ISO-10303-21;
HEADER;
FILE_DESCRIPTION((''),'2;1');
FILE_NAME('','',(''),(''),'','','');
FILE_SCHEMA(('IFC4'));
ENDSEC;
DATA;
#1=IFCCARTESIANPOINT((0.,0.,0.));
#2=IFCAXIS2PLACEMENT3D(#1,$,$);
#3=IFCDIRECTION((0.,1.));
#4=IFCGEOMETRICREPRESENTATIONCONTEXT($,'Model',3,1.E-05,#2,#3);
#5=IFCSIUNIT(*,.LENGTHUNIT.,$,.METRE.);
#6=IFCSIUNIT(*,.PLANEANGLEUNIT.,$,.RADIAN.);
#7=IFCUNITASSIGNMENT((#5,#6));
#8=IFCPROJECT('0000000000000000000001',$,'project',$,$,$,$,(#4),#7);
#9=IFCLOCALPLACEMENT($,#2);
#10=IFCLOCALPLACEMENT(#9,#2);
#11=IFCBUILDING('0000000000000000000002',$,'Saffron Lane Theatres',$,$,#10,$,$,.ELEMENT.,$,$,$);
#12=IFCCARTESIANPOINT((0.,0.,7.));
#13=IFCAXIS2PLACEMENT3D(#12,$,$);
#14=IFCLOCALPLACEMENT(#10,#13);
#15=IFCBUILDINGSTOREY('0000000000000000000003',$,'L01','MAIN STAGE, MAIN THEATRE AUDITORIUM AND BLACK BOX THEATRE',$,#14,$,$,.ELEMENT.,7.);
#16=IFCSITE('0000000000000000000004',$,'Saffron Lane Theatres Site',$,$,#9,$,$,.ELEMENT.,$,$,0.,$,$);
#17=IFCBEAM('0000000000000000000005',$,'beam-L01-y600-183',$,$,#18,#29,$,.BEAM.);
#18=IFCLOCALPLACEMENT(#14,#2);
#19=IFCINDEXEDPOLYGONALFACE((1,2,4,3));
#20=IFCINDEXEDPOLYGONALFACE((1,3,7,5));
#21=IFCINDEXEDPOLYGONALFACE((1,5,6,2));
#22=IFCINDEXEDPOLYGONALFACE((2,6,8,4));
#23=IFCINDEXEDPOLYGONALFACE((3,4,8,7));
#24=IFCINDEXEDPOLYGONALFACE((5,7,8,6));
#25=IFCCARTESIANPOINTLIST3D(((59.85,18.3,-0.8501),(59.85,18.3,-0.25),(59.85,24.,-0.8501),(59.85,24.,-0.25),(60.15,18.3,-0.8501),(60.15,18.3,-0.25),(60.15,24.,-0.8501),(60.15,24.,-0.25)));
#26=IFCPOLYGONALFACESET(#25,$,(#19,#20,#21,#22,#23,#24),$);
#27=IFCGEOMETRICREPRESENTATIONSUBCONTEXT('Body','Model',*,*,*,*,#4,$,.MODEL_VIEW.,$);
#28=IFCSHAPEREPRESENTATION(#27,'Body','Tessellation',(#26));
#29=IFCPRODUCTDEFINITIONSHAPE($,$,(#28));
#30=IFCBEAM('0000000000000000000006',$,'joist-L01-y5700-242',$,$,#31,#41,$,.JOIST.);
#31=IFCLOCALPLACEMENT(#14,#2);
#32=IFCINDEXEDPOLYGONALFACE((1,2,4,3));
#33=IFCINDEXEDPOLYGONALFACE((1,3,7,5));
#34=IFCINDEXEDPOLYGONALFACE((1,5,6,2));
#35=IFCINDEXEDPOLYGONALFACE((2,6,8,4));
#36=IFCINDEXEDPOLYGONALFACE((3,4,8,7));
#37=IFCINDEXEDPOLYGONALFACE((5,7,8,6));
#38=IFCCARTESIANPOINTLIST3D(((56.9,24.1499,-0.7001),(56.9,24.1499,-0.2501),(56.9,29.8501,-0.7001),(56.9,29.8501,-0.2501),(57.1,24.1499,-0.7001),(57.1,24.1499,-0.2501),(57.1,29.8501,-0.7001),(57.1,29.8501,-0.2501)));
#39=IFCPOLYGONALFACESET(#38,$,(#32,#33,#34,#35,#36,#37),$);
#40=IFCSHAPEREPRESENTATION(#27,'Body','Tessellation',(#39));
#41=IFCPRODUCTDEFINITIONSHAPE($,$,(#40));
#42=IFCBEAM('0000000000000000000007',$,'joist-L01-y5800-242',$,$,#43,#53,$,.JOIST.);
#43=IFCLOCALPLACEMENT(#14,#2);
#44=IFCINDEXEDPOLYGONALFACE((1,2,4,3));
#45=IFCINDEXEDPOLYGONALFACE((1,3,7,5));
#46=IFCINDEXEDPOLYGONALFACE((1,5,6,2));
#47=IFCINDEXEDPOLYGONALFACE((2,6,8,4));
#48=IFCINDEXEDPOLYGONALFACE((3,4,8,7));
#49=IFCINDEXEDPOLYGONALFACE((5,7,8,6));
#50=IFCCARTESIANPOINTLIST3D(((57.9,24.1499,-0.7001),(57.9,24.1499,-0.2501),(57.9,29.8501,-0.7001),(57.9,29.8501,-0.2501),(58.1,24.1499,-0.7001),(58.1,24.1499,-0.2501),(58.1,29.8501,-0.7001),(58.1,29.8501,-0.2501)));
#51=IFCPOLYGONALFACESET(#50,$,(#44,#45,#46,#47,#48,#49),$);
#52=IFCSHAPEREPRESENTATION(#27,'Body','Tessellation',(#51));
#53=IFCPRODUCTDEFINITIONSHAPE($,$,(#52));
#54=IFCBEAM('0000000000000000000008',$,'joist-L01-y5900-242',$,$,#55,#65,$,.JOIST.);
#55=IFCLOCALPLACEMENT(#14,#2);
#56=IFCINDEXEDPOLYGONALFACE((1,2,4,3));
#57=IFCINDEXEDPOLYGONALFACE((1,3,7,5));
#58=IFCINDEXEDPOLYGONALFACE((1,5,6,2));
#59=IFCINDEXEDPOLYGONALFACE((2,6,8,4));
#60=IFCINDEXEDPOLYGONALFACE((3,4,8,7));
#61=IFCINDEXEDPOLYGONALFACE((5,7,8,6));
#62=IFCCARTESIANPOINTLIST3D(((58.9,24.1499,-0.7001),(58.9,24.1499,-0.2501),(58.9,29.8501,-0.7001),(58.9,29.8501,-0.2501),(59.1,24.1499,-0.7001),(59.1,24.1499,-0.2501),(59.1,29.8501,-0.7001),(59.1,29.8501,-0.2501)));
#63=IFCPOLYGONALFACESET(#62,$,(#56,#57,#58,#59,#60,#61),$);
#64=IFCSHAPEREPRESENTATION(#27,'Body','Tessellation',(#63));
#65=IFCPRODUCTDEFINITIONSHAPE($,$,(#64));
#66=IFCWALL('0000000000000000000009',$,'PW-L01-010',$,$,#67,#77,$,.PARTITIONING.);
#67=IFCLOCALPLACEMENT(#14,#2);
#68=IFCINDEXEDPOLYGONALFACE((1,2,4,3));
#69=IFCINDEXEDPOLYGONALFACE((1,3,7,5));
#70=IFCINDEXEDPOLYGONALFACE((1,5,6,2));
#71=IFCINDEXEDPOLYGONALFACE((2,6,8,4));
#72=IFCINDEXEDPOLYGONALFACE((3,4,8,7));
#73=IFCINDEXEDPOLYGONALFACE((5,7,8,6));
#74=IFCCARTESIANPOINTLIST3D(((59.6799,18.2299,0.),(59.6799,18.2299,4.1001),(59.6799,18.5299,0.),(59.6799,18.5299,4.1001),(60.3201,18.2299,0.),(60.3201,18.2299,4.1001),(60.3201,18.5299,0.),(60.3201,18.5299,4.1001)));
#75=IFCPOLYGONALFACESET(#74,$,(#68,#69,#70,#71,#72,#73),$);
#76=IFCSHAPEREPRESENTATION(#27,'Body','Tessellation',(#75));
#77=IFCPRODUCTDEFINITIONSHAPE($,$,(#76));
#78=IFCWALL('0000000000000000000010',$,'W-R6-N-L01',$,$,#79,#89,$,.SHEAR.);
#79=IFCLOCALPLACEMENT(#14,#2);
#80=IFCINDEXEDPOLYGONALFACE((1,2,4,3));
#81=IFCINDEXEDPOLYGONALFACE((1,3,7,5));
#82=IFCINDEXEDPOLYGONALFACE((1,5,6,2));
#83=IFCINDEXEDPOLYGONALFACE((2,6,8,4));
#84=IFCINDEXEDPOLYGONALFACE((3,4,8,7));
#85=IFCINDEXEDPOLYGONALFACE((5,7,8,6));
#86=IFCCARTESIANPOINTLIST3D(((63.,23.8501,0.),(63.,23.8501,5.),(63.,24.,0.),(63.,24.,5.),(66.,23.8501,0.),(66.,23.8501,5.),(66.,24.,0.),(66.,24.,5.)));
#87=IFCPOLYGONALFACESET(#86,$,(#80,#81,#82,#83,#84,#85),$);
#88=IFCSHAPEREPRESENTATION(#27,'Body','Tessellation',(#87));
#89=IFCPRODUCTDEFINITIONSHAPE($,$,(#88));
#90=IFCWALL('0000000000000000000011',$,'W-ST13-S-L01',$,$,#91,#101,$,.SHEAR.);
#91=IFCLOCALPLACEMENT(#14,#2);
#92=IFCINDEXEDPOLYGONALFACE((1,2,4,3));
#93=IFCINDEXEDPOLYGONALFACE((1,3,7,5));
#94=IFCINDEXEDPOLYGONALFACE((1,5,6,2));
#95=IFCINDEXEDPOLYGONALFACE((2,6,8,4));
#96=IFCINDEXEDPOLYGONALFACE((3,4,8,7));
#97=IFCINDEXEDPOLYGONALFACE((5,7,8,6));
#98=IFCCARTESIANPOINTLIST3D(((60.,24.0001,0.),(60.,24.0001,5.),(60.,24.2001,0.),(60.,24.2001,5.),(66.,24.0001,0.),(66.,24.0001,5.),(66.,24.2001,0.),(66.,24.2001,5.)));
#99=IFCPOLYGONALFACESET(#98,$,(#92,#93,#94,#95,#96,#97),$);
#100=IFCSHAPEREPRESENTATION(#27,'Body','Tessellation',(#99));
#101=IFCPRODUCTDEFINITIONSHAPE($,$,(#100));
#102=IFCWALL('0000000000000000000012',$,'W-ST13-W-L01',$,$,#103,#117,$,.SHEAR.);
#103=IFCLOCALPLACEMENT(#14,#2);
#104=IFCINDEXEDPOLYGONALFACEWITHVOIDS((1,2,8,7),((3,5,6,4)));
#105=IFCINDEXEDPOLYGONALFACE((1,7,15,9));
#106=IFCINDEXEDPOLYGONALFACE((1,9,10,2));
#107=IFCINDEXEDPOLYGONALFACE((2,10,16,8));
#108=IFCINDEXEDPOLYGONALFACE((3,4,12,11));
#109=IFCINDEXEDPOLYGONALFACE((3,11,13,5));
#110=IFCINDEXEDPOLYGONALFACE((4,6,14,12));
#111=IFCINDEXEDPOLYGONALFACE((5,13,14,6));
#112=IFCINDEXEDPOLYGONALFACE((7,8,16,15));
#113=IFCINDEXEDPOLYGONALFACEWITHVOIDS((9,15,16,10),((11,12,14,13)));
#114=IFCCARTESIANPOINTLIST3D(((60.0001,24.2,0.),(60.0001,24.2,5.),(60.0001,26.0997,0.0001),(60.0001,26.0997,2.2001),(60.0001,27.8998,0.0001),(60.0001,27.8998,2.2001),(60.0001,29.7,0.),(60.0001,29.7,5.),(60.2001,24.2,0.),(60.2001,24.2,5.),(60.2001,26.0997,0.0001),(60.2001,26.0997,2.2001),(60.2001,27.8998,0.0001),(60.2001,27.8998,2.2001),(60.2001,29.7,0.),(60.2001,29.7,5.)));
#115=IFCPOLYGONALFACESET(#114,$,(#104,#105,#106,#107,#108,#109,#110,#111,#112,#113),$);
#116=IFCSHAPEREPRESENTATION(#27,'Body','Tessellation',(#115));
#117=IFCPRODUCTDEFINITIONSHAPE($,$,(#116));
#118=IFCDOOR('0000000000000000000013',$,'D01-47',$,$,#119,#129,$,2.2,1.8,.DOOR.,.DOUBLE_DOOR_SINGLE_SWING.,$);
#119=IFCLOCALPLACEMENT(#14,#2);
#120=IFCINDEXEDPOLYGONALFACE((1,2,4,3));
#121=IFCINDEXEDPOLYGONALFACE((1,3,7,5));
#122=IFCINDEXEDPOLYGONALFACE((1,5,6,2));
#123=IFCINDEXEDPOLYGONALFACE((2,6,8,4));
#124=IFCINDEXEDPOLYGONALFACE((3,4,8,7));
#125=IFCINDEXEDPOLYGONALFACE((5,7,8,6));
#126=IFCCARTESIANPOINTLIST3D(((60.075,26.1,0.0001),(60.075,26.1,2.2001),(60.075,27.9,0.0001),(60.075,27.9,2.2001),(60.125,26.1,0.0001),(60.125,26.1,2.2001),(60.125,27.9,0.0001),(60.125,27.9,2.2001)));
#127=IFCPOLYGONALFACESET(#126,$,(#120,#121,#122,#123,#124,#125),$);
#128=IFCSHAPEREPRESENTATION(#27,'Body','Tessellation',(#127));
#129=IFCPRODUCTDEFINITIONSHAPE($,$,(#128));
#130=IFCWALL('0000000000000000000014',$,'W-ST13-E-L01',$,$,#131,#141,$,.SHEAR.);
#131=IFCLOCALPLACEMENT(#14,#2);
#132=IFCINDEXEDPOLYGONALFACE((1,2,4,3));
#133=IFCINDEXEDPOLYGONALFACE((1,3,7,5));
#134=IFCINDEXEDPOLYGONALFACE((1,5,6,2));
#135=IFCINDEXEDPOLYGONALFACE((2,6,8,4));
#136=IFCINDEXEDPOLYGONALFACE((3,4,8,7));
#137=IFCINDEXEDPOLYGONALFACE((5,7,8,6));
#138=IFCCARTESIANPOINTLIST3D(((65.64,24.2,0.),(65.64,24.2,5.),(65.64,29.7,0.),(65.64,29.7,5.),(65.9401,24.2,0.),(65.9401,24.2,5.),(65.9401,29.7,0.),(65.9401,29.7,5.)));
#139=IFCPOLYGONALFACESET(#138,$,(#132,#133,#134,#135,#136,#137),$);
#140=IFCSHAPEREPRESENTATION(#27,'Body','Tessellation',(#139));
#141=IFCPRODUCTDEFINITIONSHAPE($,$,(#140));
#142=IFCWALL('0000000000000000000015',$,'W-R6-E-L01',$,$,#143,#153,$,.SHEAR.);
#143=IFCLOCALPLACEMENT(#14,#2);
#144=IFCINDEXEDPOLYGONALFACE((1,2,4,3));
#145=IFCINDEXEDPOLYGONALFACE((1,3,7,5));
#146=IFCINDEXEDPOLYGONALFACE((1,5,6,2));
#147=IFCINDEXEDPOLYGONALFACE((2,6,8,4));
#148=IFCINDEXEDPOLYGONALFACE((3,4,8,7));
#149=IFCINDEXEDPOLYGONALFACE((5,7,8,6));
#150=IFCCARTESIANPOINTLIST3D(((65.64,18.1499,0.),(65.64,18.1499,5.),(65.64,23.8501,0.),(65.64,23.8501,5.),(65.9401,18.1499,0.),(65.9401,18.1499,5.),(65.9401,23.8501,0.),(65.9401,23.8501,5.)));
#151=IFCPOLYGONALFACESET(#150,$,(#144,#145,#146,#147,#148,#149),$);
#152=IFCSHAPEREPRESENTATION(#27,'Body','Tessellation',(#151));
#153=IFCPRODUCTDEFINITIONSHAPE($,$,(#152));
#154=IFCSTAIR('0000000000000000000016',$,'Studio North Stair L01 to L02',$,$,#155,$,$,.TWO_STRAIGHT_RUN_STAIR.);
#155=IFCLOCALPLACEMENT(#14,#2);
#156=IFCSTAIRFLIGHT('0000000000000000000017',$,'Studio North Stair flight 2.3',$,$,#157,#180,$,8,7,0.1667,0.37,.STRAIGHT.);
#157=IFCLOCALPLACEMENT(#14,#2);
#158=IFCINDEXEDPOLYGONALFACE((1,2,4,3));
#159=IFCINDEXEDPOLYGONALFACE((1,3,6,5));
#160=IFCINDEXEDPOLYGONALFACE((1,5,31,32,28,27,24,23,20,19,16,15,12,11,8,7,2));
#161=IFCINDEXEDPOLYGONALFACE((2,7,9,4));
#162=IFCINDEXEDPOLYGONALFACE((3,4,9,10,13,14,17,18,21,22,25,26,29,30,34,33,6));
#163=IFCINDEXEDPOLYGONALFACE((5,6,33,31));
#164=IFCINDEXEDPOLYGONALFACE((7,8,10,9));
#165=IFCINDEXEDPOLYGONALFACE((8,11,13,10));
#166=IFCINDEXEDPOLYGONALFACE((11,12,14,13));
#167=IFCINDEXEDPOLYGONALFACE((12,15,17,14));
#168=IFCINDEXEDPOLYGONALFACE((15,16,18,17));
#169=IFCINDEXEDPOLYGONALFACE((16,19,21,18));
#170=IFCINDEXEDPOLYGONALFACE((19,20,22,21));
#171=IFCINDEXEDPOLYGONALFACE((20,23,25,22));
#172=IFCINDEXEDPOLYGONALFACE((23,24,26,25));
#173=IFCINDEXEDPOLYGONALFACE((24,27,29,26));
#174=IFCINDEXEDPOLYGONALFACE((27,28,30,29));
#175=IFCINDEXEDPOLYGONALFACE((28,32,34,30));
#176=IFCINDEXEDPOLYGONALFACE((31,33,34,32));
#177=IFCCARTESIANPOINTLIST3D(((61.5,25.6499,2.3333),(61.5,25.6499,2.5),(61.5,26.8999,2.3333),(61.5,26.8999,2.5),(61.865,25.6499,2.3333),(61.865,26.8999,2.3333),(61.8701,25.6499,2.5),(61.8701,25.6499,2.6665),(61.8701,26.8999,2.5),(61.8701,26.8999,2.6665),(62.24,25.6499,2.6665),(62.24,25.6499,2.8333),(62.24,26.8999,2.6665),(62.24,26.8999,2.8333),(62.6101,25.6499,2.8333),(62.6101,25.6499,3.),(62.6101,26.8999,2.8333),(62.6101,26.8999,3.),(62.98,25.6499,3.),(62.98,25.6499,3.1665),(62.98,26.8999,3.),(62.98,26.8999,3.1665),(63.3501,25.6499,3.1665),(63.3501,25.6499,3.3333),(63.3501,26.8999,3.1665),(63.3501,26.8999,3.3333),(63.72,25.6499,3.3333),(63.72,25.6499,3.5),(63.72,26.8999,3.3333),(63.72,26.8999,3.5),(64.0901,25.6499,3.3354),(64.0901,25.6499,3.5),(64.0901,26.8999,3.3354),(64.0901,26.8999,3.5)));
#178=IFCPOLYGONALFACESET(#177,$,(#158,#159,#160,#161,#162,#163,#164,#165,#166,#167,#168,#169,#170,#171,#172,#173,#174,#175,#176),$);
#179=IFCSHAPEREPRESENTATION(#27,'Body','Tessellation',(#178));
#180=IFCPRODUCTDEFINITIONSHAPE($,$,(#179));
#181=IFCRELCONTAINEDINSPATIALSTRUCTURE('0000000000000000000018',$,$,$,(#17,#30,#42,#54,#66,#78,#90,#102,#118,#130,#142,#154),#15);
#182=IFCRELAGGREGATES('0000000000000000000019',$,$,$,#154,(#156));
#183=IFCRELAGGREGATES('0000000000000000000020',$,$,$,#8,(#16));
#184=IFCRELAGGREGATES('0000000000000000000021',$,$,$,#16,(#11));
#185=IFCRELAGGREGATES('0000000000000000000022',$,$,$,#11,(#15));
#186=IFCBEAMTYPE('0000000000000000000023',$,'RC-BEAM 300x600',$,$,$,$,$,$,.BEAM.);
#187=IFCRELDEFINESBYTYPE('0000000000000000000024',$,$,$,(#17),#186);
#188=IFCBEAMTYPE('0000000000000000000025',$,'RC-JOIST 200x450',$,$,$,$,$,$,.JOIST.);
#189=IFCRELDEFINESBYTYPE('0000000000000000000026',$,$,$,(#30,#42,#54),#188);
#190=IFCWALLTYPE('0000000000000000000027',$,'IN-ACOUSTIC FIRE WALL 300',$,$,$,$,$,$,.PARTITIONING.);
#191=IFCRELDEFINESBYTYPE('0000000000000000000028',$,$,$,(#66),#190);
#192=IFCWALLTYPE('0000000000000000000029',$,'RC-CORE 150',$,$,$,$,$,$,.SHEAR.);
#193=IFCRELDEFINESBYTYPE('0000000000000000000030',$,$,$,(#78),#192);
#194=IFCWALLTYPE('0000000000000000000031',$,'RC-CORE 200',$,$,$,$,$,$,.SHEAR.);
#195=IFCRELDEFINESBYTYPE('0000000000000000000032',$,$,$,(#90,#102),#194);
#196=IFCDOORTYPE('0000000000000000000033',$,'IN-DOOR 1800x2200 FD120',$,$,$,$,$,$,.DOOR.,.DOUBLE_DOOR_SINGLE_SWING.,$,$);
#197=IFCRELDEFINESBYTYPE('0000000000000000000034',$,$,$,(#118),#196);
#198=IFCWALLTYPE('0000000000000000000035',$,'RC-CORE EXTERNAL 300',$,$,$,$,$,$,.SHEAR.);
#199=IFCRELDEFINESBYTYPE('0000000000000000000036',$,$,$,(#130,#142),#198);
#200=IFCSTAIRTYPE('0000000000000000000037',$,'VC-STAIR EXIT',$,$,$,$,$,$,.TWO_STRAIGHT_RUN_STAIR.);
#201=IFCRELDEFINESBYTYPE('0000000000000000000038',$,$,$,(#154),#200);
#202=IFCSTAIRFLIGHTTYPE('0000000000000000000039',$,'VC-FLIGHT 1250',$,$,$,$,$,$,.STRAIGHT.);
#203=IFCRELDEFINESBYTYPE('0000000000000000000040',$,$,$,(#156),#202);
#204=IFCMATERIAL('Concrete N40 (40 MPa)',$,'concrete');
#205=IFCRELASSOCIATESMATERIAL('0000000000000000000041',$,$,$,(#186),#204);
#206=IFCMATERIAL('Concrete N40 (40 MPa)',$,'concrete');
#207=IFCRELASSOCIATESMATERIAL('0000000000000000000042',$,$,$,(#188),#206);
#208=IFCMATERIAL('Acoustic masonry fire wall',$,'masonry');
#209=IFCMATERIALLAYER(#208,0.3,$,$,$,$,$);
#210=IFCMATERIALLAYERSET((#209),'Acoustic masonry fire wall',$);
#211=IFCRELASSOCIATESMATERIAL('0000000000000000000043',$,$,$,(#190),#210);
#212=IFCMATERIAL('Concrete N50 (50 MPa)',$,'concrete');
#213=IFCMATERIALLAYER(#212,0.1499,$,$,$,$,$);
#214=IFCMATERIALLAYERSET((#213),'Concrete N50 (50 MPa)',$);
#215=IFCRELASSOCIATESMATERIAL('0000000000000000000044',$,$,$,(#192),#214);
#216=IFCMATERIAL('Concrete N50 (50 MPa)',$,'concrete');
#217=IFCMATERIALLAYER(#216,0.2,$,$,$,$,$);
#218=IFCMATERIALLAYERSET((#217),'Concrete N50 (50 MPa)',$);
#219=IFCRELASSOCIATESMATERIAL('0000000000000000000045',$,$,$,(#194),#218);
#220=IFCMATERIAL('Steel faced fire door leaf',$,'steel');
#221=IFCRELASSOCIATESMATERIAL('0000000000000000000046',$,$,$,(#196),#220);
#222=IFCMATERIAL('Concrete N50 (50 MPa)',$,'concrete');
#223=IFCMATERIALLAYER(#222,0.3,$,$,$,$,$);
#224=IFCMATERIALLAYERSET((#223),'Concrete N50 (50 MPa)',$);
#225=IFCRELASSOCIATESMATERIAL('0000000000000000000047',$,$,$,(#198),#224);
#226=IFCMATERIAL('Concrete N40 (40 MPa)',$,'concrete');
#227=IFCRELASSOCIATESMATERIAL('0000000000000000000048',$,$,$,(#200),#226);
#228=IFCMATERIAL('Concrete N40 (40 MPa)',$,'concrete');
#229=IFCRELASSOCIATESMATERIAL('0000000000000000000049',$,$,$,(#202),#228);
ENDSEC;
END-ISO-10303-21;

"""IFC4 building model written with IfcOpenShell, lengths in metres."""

from ifc_helpers import new_model, si_unit, direction, frame, frame_2d, origin, origin_2d, place, context, subcontext, project, spatial, polyline, rectangle, outline, extrude, material, layer, layer_set, material_profile, profile_set, type_object, element, fill, aggregate, save


model = new_model("IFC4")

# Units and contexts
model_context = context("Model", 3, precision=1e-05, world=origin(), true_north=direction((0.0, 1.0)))
body_context = subcontext(model_context, "Body", "Model", "MODEL_VIEW")
ifc_project = project(units=[si_unit("LENGTHUNIT", "METRE"), si_unit("PLANEANGLEUNIT", "RADIAN")], contexts=[model_context])

# Site, building, storey
site_placement = place(None, origin())
site = spatial("IfcSite", under=ifc_project, at=site_placement, Name="Saffron Lane Theatres Site", CompositionType="ELEMENT", RefElevation=0.0)
building_placement = place(site_placement, origin())
building = spatial("IfcBuilding", under=site, at=building_placement, Name="Saffron Lane Theatres", CompositionType="ELEMENT")
storey_placement = place(building_placement, frame((0.0, 0.0, 7.0)))
storey = spatial("IfcBuildingStorey", under=building, at=storey_placement, Name="L01", Description="MAIN STAGE, MAIN THEATRE AUDITORIUM AND BLACK BOX THEATRE", CompositionType="ELEMENT", Elevation=7.0)

# Beams
ifc_material_1 = material(Name="Concrete N40 (40 MPa)", Category="concrete")
ifc_material_profile_1 = material_profile(ifc_material_1, rectangle(XDim=0.3, YDim=0.6001, at=origin_2d()))
ifc_profile_set_1 = profile_set([ifc_material_profile_1], Name="Concrete N40 (40 MPa)")
beam_type_1 = type_object("IfcBeamType", Name="RC-BEAM 300x600", PredefinedType="BEAM", material=ifc_profile_set_1)
beam_placement = place(storey_placement, frame((60.0, 18.3, -0.55), z_axis=(0.0, 1.0, 0.0), x_axis=(-1.0, 0.0, 0.0)))
element("IfcBeam", 1, at=beam_placement, inside=storey, type_object=beam_type_1, Name="beam-L01-y600-183", PredefinedType="BEAM", context=body_context, shape_type="SweptSolid", body=[
    extrude(rectangle(XDim=0.3, YDim=0.6001, at=origin_2d()), origin(), (0.0, 0.0, 1.0), 5.7),
])
ifc_material_2 = material(Name="Concrete N40 (40 MPa)", Category="concrete")
ifc_material_profile_2 = material_profile(ifc_material_2, rectangle(XDim=0.2, YDim=0.45, at=origin_2d()))
ifc_profile_set_2 = profile_set([ifc_material_profile_2], Name="Concrete N40 (40 MPa)")
beam_type_2 = type_object("IfcBeamType", Name="RC-JOIST 200x450", PredefinedType="JOIST", material=ifc_profile_set_2)
for number, where, z_axis, x_axis, name in (
    (2, (57.0, 24.1499, -0.4751), (0.0, 1.0, 0.0), (-1.0, 0.0, 0.0), "joist-L01-y5700-242"),
    (3, (58.0, 24.1499, -0.4751), (0.0, 1.0, 0.0), (-1.0, 0.0, 0.0), "joist-L01-y5800-242"),
    (4, (59.0, 24.1499, -0.4751), (0.0, 1.0, 0.0), (-1.0, 0.0, 0.0), "joist-L01-y5900-242"),
):
    element("IfcBeam", number, at=place(storey_placement, frame(where, z_axis=z_axis, x_axis=x_axis)), inside=storey, type_object=beam_type_2, Name=name, PredefinedType="JOIST", context=body_context, shape_type="SweptSolid", body=[
        extrude(rectangle(XDim=0.2, YDim=0.45, at=origin_2d()), origin(), (0.0, 0.0, 1.0), 5.7002),
    ])

# Walls
ifc_material_3 = material(Name="Acoustic masonry fire wall", Category="masonry")
ifc_layer_1 = layer(ifc_material_3, 0.3)
ifc_layer_set_1 = layer_set([ifc_layer_1], Name="Acoustic masonry fire wall")
wall_type_1 = type_object("IfcWallType", Name="IN-ACOUSTIC FIRE WALL 300", PredefinedType="PARTITIONING", material=ifc_layer_set_1)
wall_1_placement = place(storey_placement, frame((59.6799, 18.3799, 0.0), z_axis=(0.0, 0.0, 1.0), x_axis=(1.0, 0.0, 0.0)))
element("IfcWall", 5, at=wall_1_placement, inside=storey, type_object=wall_type_1, Name="PW-L01-010", PredefinedType="PARTITIONING", context=body_context, shape_type="SweptSolid", body=[
    extrude(rectangle(XDim=0.6401, YDim=0.3, at=frame_2d((0.3201, 0.0))), origin(), (0.0, 0.0, 1.0), 4.1001),
])
ifc_material_4 = material(Name="Concrete N50 (50 MPa)", Category="concrete")
ifc_layer_2 = layer(ifc_material_4, 0.1499)
ifc_layer_set_2 = layer_set([ifc_layer_2], Name="Concrete N50 (50 MPa)")
wall_type_2 = type_object("IfcWallType", Name="RC-CORE 150", PredefinedType="SHEAR", material=ifc_layer_set_2)
wall_2_placement = place(storey_placement, frame((63.0, 23.925, 0.0), z_axis=(0.0, 0.0, 1.0), x_axis=(1.0, 0.0, 0.0)))
element("IfcWall", 6, at=wall_2_placement, inside=storey, type_object=wall_type_2, Name="W-R6-N-L01", PredefinedType="SHEAR", context=body_context, shape_type="SweptSolid", body=[
    extrude(rectangle(XDim=3.0, YDim=0.1499, at=frame_2d((1.5, 0.0))), origin(), (0.0, 0.0, 1.0), 5.0),
])
ifc_material_5 = material(Name="Concrete N50 (50 MPa)", Category="concrete")
ifc_layer_3 = layer(ifc_material_5, 0.2)
ifc_layer_set_3 = layer_set([ifc_layer_3], Name="Concrete N50 (50 MPa)")
wall_type_3 = type_object("IfcWallType", Name="RC-CORE 200", PredefinedType="SHEAR", material=ifc_layer_set_3)
wall_3_placement = place(storey_placement, frame((60.0, 24.1001, 0.0), z_axis=(0.0, 0.0, 1.0), x_axis=(1.0, 0.0, 0.0)))
element("IfcWall", 7, at=wall_3_placement, inside=storey, type_object=wall_type_3, Name="W-ST13-S-L01", PredefinedType="SHEAR", context=body_context, shape_type="SweptSolid", body=[
    extrude(rectangle(XDim=6.0, YDim=0.2, at=frame_2d((3.0, 0.0))), origin(), (0.0, 0.0, 1.0), 5.0),
])

# Wall, opening, door
wall_4_placement = place(storey_placement, frame((60.1001, 24.2, 0.0), z_axis=(0.0, 0.0, 1.0), x_axis=(0.0, 1.0, 0.0)))
wall_4 = element("IfcWall", 8, at=wall_4_placement, inside=storey, type_object=wall_type_3, Name="W-ST13-W-L01", PredefinedType="SHEAR", context=body_context, shape_type="SweptSolid", body=[
    extrude(rectangle(XDim=5.5, YDim=0.2, at=frame_2d((2.75, 0.0))), origin(), (0.0, 0.0, 1.0), 5.0),
])
opening_placement = place(wall_4_placement, frame((1.8999, 0.0, 0.0)))
opening = element("IfcOpeningElement", 9, at=opening_placement, cuts=wall_4, PredefinedType="OPENING", context=body_context, shape_type="SweptSolid", body=[
    extrude(rectangle(XDim=1.8, YDim=2.2, at=frame_2d((0.8999, 1.1001))), frame((0.0, 0.1099, 0.0), z_axis=(0.0, -1.0, 0.0), x_axis=(1.0, 0.0, 0.0)), (0.0, 0.0, 1.0), 0.22),
])
ifc_material_6 = material(Name="Steel faced fire door leaf", Category="steel")
door_type = type_object("IfcDoorType", Name="IN-DOOR 1800x2200 FD120", OperationType="DOUBLE_DOOR_SINGLE_SWING", PredefinedType="DOOR", material=ifc_material_6)
door_placement = place(opening_placement, frame((1.8, 0.0, 0.0), z_axis=(0.0, 0.0, 1.0), x_axis=(-1.0, 0.0, 0.0)))
door = element("IfcDoor", 10, at=door_placement, inside=storey, type_object=door_type, Name="D01-47", OperationType="DOUBLE_DOOR_SINGLE_SWING", OverallHeight=2.2, OverallWidth=1.8, PredefinedType="DOOR", context=body_context, shape_type="SweptSolid", body=[
    extrude(rectangle(XDim=1.8, YDim=2.2, at=frame_2d((0.8999, 1.1001))), frame((0.0, 0.0249, 0.0), z_axis=(0.0, -1.0, 0.0), x_axis=(1.0, 0.0, 0.0)), (0.0, 0.0, 1.0), 0.05),
])
fill(opening, door)

# Walls
ifc_material_7 = material(Name="Concrete N50 (50 MPa)", Category="concrete")
ifc_layer_4 = layer(ifc_material_7, 0.3)
ifc_layer_set_4 = layer_set([ifc_layer_4], Name="Concrete N50 (50 MPa)")
wall_type_4 = type_object("IfcWallType", Name="RC-CORE EXTERNAL 300", PredefinedType="SHEAR", material=ifc_layer_set_4)
wall_5_placement = place(storey_placement, frame((65.79, 24.2, 0.0), z_axis=(0.0, 0.0, 1.0), x_axis=(0.0, 1.0, 0.0)))
element("IfcWall", 11, at=wall_5_placement, inside=storey, type_object=wall_type_4, Name="W-ST13-E-L01", PredefinedType="SHEAR", context=body_context, shape_type="SweptSolid", body=[
    extrude(rectangle(XDim=5.5, YDim=0.3, at=frame_2d((2.75, 0.0))), origin(), (0.0, 0.0, 1.0), 5.0),
])
wall_6_placement = place(storey_placement, frame((65.79, 18.1499, 0.0), z_axis=(0.0, 0.0, 1.0), x_axis=(0.0, 1.0, 0.0)))
element("IfcWall", 12, at=wall_6_placement, inside=storey, type_object=wall_type_4, Name="W-R6-E-L01", PredefinedType="SHEAR", context=body_context, shape_type="SweptSolid", body=[
    extrude(rectangle(XDim=5.7002, YDim=0.3, at=frame_2d((2.8501, 0.0))), origin(), (0.0, 0.0, 1.0), 5.0),
])

# Stair, stair flight
ifc_material_8 = material(Name="Concrete N40 (40 MPa)", Category="concrete")
stair_type = type_object("IfcStairType", Name="VC-STAIR EXIT", PredefinedType="TWO_STRAIGHT_RUN_STAIR", material=ifc_material_8)
stair_placement = place(storey_placement, origin())
stair = element("IfcStair", 13, at=stair_placement, inside=storey, type_object=stair_type, Name="Studio North Stair L01 to L02", PredefinedType="TWO_STRAIGHT_RUN_STAIR")
ifc_material_9 = material(Name="Concrete N40 (40 MPa)", Category="concrete")
stair_flight_type = type_object("IfcStairFlightType", Name="VC-FLIGHT 1250", PredefinedType="STRAIGHT", material=ifc_material_9)
stair_flight_1_placement = place(storey_placement, frame((61.5, 26.2749, 2.3333), z_axis=(0.0, 0.0, 1.0), x_axis=(1.0, 0.0, 0.0)))
stair_flight_1 = element("IfcStairFlight", 14, at=stair_flight_1_placement, type_object=stair_flight_type, Name="Studio North Stair flight 2.3", NumberOfRisers=8, NumberOfTreads=7, PredefinedType="STRAIGHT", RiserHeight=0.1667, TreadLength=0.37, context=body_context, shape_type="SweptSolid", body=[
    extrude(outline(polyline([(0.0, 0.0), (0.0, 0.1667), (0.3701, 0.1667), (0.3701, 0.3333), (0.74, 0.3333), (0.74, 0.5), (1.1101, 0.5), (1.1101, 0.6667), (1.48, 0.6667), (1.48, 0.8333), (1.8501, 0.8333), (1.8501, 1.0), (2.22, 1.0), (2.22, 1.1667), (2.5901, 1.1667), (2.5901, 1.3333), (2.5901, 1.0022), (0.365, 0.0), (0.0, 0.0)])), frame((0.0, 0.625, 0.0), z_axis=(0.0, -1.0, 0.0), x_axis=(1.0, 0.0, 0.0)), (0.0, 0.0, 1.0), 1.25),
])
aggregate(stair, [stair_flight_1])

save(model, "model.ifc")
